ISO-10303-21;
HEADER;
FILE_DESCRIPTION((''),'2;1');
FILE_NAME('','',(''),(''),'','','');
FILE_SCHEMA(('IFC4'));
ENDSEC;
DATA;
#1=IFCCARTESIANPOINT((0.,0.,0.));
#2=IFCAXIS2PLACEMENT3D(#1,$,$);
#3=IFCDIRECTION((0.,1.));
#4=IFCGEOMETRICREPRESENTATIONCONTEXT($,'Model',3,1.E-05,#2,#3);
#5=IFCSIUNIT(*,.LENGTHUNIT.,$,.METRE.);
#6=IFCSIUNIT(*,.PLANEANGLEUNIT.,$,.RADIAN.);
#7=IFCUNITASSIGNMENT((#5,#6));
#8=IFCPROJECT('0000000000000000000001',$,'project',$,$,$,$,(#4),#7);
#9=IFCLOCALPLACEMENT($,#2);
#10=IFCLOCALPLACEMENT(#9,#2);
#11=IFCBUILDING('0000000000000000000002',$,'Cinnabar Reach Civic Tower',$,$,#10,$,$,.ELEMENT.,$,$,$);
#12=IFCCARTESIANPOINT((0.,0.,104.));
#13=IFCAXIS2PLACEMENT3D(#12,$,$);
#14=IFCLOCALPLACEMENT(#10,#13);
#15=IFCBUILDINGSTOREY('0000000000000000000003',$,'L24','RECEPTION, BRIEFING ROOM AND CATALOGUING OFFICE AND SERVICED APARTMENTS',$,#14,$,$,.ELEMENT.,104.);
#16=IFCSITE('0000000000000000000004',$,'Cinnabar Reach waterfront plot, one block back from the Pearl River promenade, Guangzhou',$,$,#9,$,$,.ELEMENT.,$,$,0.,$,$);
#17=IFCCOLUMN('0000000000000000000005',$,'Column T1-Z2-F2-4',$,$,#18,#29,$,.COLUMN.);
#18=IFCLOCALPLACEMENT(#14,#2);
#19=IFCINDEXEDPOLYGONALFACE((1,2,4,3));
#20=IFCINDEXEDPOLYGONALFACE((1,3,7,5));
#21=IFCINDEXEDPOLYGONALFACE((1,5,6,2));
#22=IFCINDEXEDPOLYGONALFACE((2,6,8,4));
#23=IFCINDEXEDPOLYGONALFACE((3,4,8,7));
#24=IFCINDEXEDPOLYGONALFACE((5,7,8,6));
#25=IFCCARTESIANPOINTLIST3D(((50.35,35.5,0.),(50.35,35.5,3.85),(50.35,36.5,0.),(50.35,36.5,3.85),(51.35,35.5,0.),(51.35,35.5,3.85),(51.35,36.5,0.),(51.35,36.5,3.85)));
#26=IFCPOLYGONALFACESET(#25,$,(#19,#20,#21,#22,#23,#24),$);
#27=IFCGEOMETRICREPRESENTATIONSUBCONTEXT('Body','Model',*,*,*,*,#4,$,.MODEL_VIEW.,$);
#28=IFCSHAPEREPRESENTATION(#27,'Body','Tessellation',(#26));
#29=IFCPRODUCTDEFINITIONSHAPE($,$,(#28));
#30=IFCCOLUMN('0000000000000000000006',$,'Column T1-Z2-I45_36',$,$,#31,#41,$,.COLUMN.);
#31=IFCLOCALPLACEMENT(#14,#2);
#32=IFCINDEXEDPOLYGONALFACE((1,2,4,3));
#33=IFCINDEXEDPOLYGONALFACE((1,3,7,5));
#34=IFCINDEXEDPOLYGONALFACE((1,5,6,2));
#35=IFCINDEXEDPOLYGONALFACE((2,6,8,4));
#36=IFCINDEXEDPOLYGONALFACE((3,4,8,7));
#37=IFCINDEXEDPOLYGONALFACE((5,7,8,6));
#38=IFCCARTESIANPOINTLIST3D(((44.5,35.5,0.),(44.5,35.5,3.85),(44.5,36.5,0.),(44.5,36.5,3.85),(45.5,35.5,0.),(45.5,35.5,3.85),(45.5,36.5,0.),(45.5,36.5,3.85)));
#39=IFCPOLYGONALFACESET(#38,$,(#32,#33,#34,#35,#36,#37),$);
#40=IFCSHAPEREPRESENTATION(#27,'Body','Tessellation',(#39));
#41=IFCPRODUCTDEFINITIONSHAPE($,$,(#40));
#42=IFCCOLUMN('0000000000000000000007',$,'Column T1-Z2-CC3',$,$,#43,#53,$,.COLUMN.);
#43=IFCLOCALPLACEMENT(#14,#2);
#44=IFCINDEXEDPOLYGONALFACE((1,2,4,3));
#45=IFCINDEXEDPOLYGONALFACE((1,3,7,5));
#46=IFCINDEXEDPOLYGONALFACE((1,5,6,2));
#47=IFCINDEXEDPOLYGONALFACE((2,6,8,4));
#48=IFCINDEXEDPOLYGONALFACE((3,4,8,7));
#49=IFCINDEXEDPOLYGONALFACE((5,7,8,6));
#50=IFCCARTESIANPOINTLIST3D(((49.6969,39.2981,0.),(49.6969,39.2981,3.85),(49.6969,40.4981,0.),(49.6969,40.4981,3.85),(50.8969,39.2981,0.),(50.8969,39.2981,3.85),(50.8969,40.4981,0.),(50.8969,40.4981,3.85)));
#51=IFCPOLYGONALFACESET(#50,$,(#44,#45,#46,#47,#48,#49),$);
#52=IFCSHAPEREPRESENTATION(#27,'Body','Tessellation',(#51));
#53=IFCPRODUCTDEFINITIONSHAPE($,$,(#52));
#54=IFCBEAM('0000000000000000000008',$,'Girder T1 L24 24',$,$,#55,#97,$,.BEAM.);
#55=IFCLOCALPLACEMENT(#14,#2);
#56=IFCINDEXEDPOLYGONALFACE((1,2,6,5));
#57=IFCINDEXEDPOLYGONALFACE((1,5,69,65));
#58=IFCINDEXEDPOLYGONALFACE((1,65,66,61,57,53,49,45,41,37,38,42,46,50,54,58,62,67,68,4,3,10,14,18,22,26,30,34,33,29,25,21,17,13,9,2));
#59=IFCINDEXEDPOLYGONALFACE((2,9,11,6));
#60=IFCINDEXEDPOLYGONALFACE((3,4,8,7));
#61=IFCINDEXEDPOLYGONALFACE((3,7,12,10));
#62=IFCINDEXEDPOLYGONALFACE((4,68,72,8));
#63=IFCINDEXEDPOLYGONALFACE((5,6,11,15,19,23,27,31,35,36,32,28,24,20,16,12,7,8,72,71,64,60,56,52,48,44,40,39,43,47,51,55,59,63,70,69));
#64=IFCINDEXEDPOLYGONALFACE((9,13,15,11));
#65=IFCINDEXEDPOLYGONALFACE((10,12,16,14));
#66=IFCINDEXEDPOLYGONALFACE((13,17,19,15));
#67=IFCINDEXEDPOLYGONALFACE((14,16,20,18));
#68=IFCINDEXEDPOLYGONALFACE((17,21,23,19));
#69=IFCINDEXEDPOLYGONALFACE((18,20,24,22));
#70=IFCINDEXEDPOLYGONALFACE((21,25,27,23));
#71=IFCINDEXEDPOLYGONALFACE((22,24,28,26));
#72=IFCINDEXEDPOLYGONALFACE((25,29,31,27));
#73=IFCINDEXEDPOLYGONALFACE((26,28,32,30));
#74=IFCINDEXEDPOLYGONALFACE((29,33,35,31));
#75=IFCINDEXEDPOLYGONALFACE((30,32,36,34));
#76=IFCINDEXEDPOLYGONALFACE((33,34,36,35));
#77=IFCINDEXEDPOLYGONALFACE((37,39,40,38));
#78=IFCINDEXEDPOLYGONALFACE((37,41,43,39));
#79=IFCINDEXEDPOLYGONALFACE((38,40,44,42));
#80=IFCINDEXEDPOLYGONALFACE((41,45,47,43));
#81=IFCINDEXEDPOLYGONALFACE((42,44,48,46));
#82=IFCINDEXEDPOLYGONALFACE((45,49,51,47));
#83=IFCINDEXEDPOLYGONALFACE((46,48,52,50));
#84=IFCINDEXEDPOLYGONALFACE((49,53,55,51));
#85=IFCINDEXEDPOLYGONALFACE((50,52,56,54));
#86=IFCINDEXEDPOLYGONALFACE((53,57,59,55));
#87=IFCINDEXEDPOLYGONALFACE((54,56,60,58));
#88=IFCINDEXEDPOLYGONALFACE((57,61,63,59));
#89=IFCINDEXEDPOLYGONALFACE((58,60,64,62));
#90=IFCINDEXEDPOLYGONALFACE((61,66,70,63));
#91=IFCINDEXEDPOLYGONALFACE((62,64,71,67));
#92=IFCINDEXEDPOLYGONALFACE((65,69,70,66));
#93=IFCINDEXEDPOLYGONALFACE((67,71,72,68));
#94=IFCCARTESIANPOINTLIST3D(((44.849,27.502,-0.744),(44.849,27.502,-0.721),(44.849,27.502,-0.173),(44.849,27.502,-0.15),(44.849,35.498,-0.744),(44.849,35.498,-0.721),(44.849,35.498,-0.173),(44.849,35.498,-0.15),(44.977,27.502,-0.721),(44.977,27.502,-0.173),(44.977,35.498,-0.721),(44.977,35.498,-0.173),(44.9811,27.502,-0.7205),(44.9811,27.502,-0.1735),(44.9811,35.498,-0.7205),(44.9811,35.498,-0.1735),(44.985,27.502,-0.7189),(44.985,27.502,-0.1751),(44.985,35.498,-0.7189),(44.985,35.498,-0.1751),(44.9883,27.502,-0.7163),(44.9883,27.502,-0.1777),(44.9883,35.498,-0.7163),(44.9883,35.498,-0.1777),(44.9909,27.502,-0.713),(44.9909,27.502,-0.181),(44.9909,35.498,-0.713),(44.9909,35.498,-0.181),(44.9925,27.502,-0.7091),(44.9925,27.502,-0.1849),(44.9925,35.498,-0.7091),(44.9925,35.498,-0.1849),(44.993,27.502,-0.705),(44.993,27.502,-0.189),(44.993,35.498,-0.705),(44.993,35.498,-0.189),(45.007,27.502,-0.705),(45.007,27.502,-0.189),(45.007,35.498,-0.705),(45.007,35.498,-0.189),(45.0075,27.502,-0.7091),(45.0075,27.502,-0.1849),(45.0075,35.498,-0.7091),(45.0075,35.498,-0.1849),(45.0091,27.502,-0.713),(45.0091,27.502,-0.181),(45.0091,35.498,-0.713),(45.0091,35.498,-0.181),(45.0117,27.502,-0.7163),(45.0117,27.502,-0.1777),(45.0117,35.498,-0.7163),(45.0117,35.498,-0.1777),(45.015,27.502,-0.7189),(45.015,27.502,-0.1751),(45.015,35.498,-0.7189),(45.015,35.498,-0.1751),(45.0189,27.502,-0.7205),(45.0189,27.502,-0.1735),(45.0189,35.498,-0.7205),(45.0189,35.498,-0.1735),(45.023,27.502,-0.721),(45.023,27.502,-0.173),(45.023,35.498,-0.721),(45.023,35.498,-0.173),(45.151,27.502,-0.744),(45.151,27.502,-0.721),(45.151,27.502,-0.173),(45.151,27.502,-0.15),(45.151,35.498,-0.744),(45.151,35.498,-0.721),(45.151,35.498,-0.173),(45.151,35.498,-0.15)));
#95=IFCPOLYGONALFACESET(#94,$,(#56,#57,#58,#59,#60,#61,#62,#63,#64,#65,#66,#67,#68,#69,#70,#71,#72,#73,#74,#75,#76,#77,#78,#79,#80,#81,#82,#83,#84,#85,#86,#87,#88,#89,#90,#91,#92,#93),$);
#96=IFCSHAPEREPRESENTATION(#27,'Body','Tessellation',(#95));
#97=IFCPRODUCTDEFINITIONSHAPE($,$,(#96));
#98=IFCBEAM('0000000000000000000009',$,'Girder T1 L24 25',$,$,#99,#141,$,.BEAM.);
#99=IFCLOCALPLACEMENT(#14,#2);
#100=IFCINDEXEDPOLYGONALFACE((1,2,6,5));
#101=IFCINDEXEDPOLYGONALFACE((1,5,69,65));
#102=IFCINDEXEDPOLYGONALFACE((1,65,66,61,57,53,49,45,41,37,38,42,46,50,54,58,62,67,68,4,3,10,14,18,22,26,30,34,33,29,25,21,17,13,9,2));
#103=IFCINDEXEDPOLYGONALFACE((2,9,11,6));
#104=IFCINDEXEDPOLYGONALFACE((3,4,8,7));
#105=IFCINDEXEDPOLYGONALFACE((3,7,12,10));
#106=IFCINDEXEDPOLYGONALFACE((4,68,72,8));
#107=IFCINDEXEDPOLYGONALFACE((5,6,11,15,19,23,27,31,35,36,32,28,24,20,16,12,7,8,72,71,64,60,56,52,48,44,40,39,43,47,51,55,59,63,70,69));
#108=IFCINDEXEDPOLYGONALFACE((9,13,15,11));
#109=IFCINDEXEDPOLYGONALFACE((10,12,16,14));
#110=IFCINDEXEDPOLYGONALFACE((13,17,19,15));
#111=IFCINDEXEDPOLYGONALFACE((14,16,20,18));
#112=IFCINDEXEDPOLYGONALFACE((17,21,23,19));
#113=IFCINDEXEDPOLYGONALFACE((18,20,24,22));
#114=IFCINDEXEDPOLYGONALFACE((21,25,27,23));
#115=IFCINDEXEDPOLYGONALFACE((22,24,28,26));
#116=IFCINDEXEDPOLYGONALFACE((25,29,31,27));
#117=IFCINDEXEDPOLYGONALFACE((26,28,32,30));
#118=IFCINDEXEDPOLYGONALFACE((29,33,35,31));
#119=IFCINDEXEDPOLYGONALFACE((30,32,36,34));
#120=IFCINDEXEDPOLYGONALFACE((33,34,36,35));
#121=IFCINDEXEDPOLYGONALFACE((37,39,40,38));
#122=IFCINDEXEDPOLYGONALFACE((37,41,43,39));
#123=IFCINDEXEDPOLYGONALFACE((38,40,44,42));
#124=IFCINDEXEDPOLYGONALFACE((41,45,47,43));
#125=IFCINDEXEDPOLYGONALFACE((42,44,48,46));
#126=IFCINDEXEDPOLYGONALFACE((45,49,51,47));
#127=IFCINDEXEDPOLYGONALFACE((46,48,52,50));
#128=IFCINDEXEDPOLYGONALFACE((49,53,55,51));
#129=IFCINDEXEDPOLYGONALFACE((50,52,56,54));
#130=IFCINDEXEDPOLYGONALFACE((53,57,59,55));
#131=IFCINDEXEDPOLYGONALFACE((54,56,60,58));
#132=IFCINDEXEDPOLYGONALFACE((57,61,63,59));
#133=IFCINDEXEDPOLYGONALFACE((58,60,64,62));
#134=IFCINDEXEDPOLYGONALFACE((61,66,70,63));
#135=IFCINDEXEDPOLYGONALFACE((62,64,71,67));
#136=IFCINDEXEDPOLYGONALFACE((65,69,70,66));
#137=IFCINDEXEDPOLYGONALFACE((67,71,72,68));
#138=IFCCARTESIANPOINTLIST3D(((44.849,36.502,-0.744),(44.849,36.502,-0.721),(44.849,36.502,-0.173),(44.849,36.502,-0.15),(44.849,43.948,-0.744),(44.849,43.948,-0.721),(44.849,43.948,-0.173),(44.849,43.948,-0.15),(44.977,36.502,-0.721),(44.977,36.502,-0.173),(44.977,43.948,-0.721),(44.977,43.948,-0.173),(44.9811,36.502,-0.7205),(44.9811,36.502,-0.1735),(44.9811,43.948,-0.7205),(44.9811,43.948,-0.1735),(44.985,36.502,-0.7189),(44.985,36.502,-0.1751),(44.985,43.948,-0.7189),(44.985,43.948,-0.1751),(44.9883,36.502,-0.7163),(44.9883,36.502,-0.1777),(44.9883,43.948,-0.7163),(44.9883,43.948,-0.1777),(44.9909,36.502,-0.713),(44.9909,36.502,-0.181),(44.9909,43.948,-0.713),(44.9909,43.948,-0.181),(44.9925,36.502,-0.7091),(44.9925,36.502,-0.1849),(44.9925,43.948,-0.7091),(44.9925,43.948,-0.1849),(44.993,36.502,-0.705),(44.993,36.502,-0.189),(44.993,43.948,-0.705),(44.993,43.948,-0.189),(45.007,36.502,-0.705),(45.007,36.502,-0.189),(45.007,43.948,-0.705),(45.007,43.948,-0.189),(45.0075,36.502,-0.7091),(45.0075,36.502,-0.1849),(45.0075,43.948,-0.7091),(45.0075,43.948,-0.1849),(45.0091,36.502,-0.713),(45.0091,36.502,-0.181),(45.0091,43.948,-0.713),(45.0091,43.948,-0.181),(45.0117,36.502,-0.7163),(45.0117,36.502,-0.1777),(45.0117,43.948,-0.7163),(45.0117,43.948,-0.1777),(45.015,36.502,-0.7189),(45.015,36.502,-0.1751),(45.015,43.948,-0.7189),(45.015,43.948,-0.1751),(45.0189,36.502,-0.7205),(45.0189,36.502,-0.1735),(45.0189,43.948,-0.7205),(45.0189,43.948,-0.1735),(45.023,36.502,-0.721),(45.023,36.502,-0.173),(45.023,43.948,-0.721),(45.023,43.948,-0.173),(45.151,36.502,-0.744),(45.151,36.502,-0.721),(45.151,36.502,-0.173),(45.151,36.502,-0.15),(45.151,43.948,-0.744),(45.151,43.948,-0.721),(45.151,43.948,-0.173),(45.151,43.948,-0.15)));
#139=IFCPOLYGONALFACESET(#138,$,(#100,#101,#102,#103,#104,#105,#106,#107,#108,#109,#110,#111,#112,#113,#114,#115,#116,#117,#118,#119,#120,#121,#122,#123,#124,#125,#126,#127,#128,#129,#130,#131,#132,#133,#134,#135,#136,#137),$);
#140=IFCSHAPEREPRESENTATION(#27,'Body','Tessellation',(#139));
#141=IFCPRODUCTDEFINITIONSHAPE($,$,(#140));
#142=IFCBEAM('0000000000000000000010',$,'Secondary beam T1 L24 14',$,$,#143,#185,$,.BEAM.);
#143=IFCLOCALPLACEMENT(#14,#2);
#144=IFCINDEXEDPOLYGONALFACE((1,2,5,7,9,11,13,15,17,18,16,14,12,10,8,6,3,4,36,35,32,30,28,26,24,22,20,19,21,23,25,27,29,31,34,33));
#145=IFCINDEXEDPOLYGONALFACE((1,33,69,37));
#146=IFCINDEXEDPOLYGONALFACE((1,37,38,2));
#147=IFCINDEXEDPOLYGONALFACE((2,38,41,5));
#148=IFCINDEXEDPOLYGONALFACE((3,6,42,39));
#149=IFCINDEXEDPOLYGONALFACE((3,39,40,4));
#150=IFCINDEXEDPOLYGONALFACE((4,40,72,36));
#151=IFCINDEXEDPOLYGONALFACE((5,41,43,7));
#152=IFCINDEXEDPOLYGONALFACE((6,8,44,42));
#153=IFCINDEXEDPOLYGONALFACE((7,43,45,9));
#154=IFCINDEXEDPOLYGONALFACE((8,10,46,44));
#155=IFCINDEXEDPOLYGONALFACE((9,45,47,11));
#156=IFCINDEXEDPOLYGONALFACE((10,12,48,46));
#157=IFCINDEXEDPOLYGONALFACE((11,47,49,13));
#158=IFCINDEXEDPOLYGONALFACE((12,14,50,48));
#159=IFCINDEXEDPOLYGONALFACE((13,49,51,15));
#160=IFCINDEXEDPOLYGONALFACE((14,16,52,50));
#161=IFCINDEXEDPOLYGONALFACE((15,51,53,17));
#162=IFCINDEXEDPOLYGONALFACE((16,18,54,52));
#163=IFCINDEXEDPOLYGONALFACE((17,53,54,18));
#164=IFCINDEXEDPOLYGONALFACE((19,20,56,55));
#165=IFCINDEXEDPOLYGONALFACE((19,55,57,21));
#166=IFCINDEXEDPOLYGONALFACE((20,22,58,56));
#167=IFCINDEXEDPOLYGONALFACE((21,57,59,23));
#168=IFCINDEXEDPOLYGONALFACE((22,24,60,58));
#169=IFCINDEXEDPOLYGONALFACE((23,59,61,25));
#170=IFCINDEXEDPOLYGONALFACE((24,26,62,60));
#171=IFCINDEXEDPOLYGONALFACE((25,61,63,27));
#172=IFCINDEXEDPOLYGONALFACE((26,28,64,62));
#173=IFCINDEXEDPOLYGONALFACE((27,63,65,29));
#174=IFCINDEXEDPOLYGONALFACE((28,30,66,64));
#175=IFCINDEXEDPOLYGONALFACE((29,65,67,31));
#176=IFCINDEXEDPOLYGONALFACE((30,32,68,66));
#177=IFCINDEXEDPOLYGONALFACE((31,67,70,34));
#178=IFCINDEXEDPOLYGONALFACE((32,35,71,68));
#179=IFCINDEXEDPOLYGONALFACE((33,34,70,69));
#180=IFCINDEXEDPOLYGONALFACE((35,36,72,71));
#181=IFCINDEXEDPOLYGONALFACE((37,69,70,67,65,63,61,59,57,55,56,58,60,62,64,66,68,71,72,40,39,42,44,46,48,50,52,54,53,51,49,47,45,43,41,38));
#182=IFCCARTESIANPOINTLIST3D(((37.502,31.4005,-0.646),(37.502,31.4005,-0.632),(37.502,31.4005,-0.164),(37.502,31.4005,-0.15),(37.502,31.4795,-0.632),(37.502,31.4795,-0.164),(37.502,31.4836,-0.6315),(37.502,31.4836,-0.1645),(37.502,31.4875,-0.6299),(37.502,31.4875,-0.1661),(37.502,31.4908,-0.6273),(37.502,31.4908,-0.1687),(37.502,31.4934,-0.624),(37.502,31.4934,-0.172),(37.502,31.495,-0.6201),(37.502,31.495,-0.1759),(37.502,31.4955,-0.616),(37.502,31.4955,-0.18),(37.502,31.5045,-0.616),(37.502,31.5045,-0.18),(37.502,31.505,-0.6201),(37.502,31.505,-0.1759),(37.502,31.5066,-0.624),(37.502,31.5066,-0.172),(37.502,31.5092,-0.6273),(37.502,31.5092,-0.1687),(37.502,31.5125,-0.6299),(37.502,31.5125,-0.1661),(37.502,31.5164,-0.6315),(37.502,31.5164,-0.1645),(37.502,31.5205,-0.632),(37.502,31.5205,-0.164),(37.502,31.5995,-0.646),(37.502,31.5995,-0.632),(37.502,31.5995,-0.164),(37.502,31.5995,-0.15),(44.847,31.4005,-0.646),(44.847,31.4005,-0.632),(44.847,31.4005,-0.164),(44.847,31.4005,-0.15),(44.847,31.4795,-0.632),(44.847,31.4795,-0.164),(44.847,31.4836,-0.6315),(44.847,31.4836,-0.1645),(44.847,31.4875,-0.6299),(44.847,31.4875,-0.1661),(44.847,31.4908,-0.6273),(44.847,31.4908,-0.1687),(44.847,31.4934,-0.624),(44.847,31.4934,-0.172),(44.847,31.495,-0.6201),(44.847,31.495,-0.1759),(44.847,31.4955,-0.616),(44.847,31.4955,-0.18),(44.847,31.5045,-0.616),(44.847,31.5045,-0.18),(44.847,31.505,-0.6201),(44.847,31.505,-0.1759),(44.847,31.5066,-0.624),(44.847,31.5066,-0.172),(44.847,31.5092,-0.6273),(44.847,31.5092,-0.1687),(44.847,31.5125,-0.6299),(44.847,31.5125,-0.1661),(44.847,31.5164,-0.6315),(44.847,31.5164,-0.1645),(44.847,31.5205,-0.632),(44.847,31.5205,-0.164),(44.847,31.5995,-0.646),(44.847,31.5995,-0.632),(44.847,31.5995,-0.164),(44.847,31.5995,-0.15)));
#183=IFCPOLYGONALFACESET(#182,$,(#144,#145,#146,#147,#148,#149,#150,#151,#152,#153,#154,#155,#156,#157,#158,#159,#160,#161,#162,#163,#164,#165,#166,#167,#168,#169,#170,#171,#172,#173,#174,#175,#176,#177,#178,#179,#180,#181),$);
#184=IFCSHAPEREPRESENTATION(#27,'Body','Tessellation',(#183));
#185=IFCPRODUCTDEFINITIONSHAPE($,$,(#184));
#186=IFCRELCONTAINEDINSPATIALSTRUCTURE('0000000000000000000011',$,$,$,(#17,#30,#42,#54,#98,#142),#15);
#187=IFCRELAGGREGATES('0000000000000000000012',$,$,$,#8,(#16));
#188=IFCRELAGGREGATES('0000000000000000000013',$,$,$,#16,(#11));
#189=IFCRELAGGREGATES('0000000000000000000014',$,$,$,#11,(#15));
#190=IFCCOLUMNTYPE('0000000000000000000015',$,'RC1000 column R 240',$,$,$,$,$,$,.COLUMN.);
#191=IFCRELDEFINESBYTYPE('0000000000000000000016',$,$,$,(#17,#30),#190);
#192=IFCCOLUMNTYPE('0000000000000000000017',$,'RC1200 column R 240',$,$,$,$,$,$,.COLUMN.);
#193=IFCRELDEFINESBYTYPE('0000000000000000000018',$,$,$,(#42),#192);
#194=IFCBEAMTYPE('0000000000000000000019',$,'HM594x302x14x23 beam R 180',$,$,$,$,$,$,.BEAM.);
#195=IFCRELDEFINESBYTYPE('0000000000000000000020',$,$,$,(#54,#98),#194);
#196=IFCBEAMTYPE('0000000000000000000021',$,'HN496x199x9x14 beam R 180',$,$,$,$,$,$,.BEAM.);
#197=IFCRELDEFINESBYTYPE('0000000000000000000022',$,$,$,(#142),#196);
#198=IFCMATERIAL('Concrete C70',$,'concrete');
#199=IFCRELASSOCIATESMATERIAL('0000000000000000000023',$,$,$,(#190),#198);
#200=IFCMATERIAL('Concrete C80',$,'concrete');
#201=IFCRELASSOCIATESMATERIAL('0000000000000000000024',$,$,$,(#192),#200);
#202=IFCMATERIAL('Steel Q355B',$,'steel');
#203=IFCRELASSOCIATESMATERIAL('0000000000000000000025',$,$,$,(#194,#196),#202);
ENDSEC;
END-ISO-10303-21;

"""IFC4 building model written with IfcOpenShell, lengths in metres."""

from ifc_helpers import new_model, si_unit, direction, frame, origin, origin_2d, place, context, subcontext, project, spatial, rectangle, i_section, extrude, material, material_profile, profile_set, type_object, element, save


model = new_model("IFC4")

# Units and contexts
model_context = context("Model", 3, precision=1e-05, world=origin(), true_north=direction((0.0, 1.0)))
body_context = subcontext(model_context, "Body", "Model", "MODEL_VIEW")
ifc_project = project(units=[si_unit("LENGTHUNIT", "METRE"), si_unit("PLANEANGLEUNIT", "RADIAN")], contexts=[model_context])

# Site, building, storey
site_placement = place(None, origin())
site = spatial("IfcSite", under=ifc_project, at=site_placement, Name="Cinnabar Reach waterfront plot, one block back from the Pearl River promenade, Guangzhou", CompositionType="ELEMENT", RefElevation=0.0)
building_placement = place(site_placement, origin())
building = spatial("IfcBuilding", under=site, at=building_placement, Name="Cinnabar Reach Civic Tower", CompositionType="ELEMENT")
storey_placement = place(building_placement, frame((0.0, 0.0, 104.0)))
storey = spatial("IfcBuildingStorey", under=building, at=storey_placement, Name="L24", Description="RECEPTION, BRIEFING ROOM AND CATALOGUING OFFICE AND SERVICED APARTMENTS", CompositionType="ELEMENT", Elevation=104.0)

# Columns
ifc_material_1 = material(Name="Concrete C70", Category="concrete")
ifc_material_profile_1 = material_profile(ifc_material_1, rectangle(XDim=1.0, YDim=1.0, at=origin_2d()), Name="RC1000")
ifc_profile_set_1 = profile_set([ifc_material_profile_1], Name="Concrete C70")
column_type_1 = type_object("IfcColumnType", Name="RC1000 column R 240", PredefinedType="COLUMN", material=ifc_profile_set_1)
for number, where, z_axis, x_axis, name in (
    (1, (50.85, 36.0, 0.0), (0.0, 0.0, 1.0), (1.0, 0.0, 0.0), "Column T1-Z2-F2-4"),
    (2, (45.0, 36.0, 0.0), (0.0, 0.0, 1.0), (1.0, 0.0, 0.0), "Column T1-Z2-I45_36"),
):
    element("IfcColumn", number, at=place(storey_placement, frame(where, z_axis=z_axis, x_axis=x_axis)), inside=storey, type_object=column_type_1, Name=name, PredefinedType="COLUMN", context=body_context, shape_type="SweptSolid", body=[
        extrude(rectangle(XDim=1.0, YDim=1.0, at=origin_2d()), origin(), (0.0, 0.0, 1.0), 3.85),
    ])
ifc_material_2 = material(Name="Concrete C80", Category="concrete")
ifc_material_profile_2 = material_profile(ifc_material_2, rectangle(XDim=1.2, YDim=1.2, at=origin_2d()), Name="RC1200")
ifc_profile_set_2 = profile_set([ifc_material_profile_2], Name="Concrete C80")
column_type_2 = type_object("IfcColumnType", Name="RC1200 column R 240", PredefinedType="COLUMN", material=ifc_profile_set_2)
column_placement = place(storey_placement, frame((50.2969, 39.8981, 0.0), z_axis=(0.0, 0.0, 1.0), x_axis=(1.0, 0.0, 0.0)))
element("IfcColumn", 3, at=column_placement, inside=storey, type_object=column_type_2, Name="Column T1-Z2-CC3", PredefinedType="COLUMN", context=body_context, shape_type="SweptSolid", body=[
    extrude(rectangle(XDim=1.2, YDim=1.2, at=origin_2d()), origin(), (0.0, 0.0, 1.0), 3.85),
])

# Beams
ifc_material_3 = material(Name="Steel Q355B", Category="steel")
ifc_material_profile_3 = material_profile(ifc_material_3, i_section(OverallWidth=0.302, OverallDepth=0.594, WebThickness=0.014, FlangeThickness=0.023, FilletRadius=0.016, at=origin_2d()), Name="HM594x302x14x23")
ifc_profile_set_3 = profile_set([ifc_material_profile_3], Name="Steel Q355B")
beam_type_1 = type_object("IfcBeamType", Name="HM594x302x14x23 beam R 180", PredefinedType="BEAM", material=ifc_profile_set_3)
beam_1_placement = place(storey_placement, frame((45.0, 27.502, -0.447), z_axis=(0.0, 1.0, 0.0), x_axis=(-1.0, 0.0, 0.0)))
element("IfcBeam", 4, at=beam_1_placement, inside=storey, type_object=beam_type_1, Name="Girder T1 L24 24", PredefinedType="BEAM", context=body_context, shape_type="SweptSolid", body=[
    extrude(i_section(OverallWidth=0.302, OverallDepth=0.594, WebThickness=0.014, FlangeThickness=0.023, FilletRadius=0.016, at=origin_2d()), origin(), (0.0, 0.0, 1.0), 7.996),
])
beam_2_placement = place(storey_placement, frame((45.0, 36.502, -0.447), z_axis=(0.0, 1.0, 0.0), x_axis=(-1.0, 0.0, 0.0)))
element("IfcBeam", 5, at=beam_2_placement, inside=storey, type_object=beam_type_1, Name="Girder T1 L24 25", PredefinedType="BEAM", context=body_context, shape_type="SweptSolid", body=[
    extrude(i_section(OverallWidth=0.302, OverallDepth=0.594, WebThickness=0.014, FlangeThickness=0.023, FilletRadius=0.016, at=origin_2d()), origin(), (0.0, 0.0, 1.0), 7.446),
])
ifc_material_profile_4 = material_profile(ifc_material_3, i_section(OverallWidth=0.199, OverallDepth=0.496, WebThickness=0.009, FlangeThickness=0.014, FilletRadius=0.016, at=origin_2d()), Name="HN496x199x9x14")
ifc_profile_set_4 = profile_set([ifc_material_profile_4], Name="Steel Q355B")
beam_type_2 = type_object("IfcBeamType", Name="HN496x199x9x14 beam R 180", PredefinedType="BEAM", material=ifc_profile_set_4)
beam_3_placement = place(storey_placement, frame((37.502, 31.5, -0.398), z_axis=(1.0, 0.0, 0.0), x_axis=(0.0, 1.0, 0.0)))
element("IfcBeam", 6, at=beam_3_placement, inside=storey, type_object=beam_type_2, Name="Secondary beam T1 L24 14", PredefinedType="BEAM", context=body_context, shape_type="SweptSolid", body=[
    extrude(i_section(OverallWidth=0.199, OverallDepth=0.496, WebThickness=0.009, FlangeThickness=0.014, FilletRadius=0.016, at=origin_2d()), origin(), (0.0, 0.0, 1.0), 7.345),
])

save(model, "model.ifc")
